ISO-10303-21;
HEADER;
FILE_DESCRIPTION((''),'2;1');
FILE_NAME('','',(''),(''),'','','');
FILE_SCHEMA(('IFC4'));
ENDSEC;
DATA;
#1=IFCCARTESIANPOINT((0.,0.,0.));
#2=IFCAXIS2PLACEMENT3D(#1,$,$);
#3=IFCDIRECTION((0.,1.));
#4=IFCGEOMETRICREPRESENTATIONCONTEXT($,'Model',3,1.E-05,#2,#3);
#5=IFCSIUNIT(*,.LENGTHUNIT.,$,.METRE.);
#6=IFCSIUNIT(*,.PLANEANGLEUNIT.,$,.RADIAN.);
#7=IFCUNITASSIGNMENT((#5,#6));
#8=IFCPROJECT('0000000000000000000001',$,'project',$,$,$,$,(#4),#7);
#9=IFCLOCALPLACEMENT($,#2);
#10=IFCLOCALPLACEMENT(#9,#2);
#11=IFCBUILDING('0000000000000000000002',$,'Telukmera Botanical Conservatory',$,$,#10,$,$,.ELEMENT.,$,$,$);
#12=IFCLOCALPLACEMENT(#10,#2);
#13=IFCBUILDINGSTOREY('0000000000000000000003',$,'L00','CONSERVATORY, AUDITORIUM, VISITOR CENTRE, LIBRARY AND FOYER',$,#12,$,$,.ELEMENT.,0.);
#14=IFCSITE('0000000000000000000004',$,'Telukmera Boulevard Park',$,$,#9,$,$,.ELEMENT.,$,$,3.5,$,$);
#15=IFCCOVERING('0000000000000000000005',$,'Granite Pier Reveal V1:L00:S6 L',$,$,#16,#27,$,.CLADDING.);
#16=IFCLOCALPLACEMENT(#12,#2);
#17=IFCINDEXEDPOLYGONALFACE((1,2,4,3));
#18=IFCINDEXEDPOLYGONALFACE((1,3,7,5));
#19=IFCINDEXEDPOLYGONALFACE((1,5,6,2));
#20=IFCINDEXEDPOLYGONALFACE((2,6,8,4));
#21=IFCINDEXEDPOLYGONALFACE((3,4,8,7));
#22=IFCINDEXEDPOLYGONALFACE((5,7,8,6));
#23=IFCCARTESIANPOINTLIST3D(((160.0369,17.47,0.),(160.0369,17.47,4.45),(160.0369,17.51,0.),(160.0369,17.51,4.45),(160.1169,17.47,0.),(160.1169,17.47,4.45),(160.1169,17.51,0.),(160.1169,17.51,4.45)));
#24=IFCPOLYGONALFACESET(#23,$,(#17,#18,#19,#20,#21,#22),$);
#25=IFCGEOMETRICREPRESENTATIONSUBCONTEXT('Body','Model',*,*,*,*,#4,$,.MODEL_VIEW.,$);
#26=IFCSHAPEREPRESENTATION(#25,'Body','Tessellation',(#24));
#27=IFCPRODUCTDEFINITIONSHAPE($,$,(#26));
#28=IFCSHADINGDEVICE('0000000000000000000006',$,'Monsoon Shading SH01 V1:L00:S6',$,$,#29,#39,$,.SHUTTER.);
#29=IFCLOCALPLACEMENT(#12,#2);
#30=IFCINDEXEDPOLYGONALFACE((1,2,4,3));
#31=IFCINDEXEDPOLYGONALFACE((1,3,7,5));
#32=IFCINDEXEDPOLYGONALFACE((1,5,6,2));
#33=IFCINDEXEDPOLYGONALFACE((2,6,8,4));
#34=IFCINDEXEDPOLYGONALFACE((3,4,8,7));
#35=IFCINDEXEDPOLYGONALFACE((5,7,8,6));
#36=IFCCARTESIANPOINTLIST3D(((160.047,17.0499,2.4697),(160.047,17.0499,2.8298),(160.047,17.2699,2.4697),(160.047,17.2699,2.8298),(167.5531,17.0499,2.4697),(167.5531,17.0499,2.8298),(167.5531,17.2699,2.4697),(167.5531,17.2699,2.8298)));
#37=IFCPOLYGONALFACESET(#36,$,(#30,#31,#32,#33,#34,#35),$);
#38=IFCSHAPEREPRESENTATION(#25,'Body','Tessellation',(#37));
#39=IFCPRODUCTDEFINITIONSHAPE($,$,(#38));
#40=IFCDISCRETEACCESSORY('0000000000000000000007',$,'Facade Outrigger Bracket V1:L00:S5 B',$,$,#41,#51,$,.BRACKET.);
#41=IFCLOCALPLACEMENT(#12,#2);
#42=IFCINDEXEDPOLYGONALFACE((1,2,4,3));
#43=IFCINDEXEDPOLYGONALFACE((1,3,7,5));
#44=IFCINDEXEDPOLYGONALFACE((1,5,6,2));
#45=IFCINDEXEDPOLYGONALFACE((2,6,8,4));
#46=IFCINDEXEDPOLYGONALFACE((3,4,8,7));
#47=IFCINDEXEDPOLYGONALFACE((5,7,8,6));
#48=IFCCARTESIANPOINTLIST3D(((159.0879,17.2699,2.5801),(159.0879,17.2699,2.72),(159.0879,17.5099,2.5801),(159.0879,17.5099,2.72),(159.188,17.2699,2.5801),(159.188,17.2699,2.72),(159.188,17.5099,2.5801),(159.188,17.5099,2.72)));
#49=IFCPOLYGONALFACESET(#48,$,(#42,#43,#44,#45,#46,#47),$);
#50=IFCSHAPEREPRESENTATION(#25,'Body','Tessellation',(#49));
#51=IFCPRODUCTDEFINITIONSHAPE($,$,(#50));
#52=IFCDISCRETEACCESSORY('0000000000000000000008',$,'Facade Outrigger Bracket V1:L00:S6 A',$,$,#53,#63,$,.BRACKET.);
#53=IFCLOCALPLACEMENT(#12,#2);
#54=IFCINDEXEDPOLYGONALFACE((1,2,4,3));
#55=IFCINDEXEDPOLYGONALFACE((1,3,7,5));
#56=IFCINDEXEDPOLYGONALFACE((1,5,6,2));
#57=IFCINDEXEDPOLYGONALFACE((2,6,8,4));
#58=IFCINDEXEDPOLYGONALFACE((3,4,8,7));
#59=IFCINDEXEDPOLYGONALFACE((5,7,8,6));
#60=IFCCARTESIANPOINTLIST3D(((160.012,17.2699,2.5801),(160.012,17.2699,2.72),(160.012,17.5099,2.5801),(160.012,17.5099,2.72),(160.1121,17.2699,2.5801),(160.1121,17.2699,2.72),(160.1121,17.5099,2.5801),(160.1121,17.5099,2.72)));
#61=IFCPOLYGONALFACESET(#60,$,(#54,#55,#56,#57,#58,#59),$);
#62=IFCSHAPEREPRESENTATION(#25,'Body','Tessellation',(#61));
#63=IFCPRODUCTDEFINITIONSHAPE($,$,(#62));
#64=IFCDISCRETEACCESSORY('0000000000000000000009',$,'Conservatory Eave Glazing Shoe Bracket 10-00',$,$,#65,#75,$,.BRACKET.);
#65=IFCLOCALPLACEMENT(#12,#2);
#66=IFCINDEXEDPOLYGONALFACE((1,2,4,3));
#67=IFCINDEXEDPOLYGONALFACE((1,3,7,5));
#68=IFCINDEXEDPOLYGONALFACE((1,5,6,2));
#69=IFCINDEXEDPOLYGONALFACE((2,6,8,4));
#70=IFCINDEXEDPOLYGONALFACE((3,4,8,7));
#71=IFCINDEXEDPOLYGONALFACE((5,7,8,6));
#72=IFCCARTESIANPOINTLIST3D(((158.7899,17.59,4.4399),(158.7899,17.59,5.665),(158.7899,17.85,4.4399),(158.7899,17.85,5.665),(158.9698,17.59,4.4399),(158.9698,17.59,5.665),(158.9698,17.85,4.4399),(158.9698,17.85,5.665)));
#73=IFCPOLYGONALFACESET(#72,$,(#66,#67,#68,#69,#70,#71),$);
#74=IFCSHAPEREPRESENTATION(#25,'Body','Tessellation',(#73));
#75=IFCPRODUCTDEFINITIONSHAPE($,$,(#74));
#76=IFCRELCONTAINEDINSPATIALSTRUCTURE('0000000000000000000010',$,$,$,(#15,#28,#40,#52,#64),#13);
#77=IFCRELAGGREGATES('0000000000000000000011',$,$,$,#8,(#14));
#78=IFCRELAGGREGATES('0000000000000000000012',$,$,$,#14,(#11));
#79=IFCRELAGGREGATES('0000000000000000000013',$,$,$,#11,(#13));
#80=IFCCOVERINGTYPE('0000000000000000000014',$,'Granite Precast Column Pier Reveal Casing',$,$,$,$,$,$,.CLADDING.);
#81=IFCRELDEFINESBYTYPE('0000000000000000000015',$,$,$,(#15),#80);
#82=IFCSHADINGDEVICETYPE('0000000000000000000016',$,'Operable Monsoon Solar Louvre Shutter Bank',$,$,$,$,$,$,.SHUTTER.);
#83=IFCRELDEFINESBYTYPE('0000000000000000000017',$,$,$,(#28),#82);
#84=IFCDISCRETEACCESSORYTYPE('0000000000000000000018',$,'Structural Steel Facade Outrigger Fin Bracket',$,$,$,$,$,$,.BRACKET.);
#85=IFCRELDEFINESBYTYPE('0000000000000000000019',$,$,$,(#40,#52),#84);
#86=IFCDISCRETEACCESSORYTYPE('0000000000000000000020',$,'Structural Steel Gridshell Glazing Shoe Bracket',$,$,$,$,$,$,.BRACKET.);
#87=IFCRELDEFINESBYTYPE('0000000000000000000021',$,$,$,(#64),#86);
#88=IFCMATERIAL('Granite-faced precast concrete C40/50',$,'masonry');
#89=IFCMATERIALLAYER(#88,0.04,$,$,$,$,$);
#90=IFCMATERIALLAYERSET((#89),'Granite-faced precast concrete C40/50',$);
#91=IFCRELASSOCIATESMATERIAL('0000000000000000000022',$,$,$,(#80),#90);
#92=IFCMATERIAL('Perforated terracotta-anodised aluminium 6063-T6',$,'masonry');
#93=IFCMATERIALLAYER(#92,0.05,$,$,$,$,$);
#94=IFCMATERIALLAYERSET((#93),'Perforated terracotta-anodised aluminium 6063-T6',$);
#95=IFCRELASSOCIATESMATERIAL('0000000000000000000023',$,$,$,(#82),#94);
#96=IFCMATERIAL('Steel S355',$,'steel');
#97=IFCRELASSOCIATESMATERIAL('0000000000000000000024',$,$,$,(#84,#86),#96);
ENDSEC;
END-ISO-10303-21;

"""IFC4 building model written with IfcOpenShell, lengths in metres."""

from ifc_helpers import new_model, si_unit, direction, frame, origin, origin_2d, place, context, subcontext, project, spatial, rectangle, extrude, material, layer, layer_set, type_object, element, save


model = new_model("IFC4")

# Units and contexts
model_context = context("Model", 3, precision=1e-05, world=origin(), true_north=direction((0.0, 1.0)))
body_context = subcontext(model_context, "Body", "Model", "MODEL_VIEW")
ifc_project = project(units=[si_unit("LENGTHUNIT", "METRE"), si_unit("PLANEANGLEUNIT", "RADIAN")], contexts=[model_context])

# Site, building, storey
site_placement = place(None, origin())
site = spatial("IfcSite", under=ifc_project, at=site_placement, Name="Telukmera Boulevard Park", CompositionType="ELEMENT", RefElevation=3.5)
building_placement = place(site_placement, origin())
building = spatial("IfcBuilding", under=site, at=building_placement, Name="Telukmera Botanical Conservatory", CompositionType="ELEMENT")
storey_placement = place(building_placement, origin())
storey = spatial("IfcBuildingStorey", under=building, at=storey_placement, Name="L00", Description="CONSERVATORY, AUDITORIUM, VISITOR CENTRE, LIBRARY AND FOYER", CompositionType="ELEMENT", Elevation=0.0)

# Covering
ifc_material_1 = material(Name="Granite-faced precast concrete C40/50", Category="masonry")
ifc_layer_1 = layer(ifc_material_1, 0.04)
ifc_layer_set_1 = layer_set([ifc_layer_1], Name="Granite-faced precast concrete C40/50")
covering_type = type_object("IfcCoveringType", Name="Granite Precast Column Pier Reveal Casing", PredefinedType="CLADDING", material=ifc_layer_set_1)
for number, where, z_axis, x_axis, name in (
    (1, (160.0769, 17.49, 0.0), (0.0, 0.0, 1.0), (1.0, 0.0, 0.0), "Granite Pier Reveal V1:L00:S6 L"),
):
    element("IfcCovering", number, at=place(storey_placement, frame(where, z_axis=z_axis, x_axis=x_axis)), inside=storey, type_object=covering_type, Name=name, PredefinedType="CLADDING", context=body_context, shape_type="SweptSolid", body=[
        extrude(rectangle(XDim=0.0801, YDim=0.04, at=origin_2d()), origin(), (0.0, 0.0, 1.0), 4.45),
    ])

# Shading device
ifc_material_2 = material(Name="Perforated terracotta-anodised aluminium 6063-T6", Category="masonry")
ifc_layer_2 = layer(ifc_material_2, 0.05)
ifc_layer_set_2 = layer_set([ifc_layer_2], Name="Perforated terracotta-anodised aluminium 6063-T6")
shading_device_type = type_object("IfcShadingDeviceType", Name="Operable Monsoon Solar Louvre Shutter Bank", PredefinedType="SHUTTER", material=ifc_layer_set_2)
shading_device_placement = place(storey_placement, frame((163.8, 17.1599, 2.4697), z_axis=(0.0, 0.0, 1.0), x_axis=(1.0, 0.0, 0.0)))
element("IfcShadingDevice", 2, at=shading_device_placement, inside=storey, type_object=shading_device_type, Name="Monsoon Shading SH01 V1:L00:S6", PredefinedType="SHUTTER", context=body_context, shape_type="SweptSolid", body=[
    extrude(rectangle(XDim=7.5061, YDim=0.22, at=origin_2d()), origin(), (0.0, 0.0, 1.0), 0.3601),
])

# Discrete accessories
ifc_material_3 = material(Name="Steel S355", Category="steel")
discrete_accessory_type_1 = type_object("IfcDiscreteAccessoryType", Name="Structural Steel Facade Outrigger Fin Bracket", PredefinedType="BRACKET", material=ifc_material_3)
for number, where, z_axis, x_axis, name in (
    (3, (159.1379, 17.3899, 2.5801), (0.0, 0.0, 1.0), (1.0, 0.0, 0.0), "Facade Outrigger Bracket V1:L00:S5 B"),
    (4, (160.062, 17.3899, 2.5801), (0.0, 0.0, 1.0), (1.0, 0.0, 0.0), "Facade Outrigger Bracket V1:L00:S6 A"),
):
    element("IfcDiscreteAccessory", number, at=place(storey_placement, frame(where, z_axis=z_axis, x_axis=x_axis)), inside=storey, type_object=discrete_accessory_type_1, Name=name, PredefinedType="BRACKET", context=body_context, shape_type="SweptSolid", body=[
        extrude(rectangle(XDim=0.1001, YDim=0.24, at=origin_2d()), origin(), (0.0, 0.0, 1.0), 0.1399),
    ])
discrete_accessory_type_2 = type_object("IfcDiscreteAccessoryType", Name="Structural Steel Gridshell Glazing Shoe Bracket", PredefinedType="BRACKET", material=ifc_material_3)
discrete_accessory_placement = place(storey_placement, frame((158.8799, 17.72, 4.4399), z_axis=(0.0, 0.0, 1.0), x_axis=(1.0, 0.0, 0.0)))
element("IfcDiscreteAccessory", 5, at=discrete_accessory_placement, inside=storey, type_object=discrete_accessory_type_2, Name="Conservatory Eave Glazing Shoe Bracket 10-00", PredefinedType="BRACKET", context=body_context, shape_type="SweptSolid", body=[
    extrude(rectangle(XDim=0.1799, YDim=0.26, at=origin_2d()), origin(), (0.0, 0.0, 1.0), 1.2251),
])

save(model, "model.ifc")
